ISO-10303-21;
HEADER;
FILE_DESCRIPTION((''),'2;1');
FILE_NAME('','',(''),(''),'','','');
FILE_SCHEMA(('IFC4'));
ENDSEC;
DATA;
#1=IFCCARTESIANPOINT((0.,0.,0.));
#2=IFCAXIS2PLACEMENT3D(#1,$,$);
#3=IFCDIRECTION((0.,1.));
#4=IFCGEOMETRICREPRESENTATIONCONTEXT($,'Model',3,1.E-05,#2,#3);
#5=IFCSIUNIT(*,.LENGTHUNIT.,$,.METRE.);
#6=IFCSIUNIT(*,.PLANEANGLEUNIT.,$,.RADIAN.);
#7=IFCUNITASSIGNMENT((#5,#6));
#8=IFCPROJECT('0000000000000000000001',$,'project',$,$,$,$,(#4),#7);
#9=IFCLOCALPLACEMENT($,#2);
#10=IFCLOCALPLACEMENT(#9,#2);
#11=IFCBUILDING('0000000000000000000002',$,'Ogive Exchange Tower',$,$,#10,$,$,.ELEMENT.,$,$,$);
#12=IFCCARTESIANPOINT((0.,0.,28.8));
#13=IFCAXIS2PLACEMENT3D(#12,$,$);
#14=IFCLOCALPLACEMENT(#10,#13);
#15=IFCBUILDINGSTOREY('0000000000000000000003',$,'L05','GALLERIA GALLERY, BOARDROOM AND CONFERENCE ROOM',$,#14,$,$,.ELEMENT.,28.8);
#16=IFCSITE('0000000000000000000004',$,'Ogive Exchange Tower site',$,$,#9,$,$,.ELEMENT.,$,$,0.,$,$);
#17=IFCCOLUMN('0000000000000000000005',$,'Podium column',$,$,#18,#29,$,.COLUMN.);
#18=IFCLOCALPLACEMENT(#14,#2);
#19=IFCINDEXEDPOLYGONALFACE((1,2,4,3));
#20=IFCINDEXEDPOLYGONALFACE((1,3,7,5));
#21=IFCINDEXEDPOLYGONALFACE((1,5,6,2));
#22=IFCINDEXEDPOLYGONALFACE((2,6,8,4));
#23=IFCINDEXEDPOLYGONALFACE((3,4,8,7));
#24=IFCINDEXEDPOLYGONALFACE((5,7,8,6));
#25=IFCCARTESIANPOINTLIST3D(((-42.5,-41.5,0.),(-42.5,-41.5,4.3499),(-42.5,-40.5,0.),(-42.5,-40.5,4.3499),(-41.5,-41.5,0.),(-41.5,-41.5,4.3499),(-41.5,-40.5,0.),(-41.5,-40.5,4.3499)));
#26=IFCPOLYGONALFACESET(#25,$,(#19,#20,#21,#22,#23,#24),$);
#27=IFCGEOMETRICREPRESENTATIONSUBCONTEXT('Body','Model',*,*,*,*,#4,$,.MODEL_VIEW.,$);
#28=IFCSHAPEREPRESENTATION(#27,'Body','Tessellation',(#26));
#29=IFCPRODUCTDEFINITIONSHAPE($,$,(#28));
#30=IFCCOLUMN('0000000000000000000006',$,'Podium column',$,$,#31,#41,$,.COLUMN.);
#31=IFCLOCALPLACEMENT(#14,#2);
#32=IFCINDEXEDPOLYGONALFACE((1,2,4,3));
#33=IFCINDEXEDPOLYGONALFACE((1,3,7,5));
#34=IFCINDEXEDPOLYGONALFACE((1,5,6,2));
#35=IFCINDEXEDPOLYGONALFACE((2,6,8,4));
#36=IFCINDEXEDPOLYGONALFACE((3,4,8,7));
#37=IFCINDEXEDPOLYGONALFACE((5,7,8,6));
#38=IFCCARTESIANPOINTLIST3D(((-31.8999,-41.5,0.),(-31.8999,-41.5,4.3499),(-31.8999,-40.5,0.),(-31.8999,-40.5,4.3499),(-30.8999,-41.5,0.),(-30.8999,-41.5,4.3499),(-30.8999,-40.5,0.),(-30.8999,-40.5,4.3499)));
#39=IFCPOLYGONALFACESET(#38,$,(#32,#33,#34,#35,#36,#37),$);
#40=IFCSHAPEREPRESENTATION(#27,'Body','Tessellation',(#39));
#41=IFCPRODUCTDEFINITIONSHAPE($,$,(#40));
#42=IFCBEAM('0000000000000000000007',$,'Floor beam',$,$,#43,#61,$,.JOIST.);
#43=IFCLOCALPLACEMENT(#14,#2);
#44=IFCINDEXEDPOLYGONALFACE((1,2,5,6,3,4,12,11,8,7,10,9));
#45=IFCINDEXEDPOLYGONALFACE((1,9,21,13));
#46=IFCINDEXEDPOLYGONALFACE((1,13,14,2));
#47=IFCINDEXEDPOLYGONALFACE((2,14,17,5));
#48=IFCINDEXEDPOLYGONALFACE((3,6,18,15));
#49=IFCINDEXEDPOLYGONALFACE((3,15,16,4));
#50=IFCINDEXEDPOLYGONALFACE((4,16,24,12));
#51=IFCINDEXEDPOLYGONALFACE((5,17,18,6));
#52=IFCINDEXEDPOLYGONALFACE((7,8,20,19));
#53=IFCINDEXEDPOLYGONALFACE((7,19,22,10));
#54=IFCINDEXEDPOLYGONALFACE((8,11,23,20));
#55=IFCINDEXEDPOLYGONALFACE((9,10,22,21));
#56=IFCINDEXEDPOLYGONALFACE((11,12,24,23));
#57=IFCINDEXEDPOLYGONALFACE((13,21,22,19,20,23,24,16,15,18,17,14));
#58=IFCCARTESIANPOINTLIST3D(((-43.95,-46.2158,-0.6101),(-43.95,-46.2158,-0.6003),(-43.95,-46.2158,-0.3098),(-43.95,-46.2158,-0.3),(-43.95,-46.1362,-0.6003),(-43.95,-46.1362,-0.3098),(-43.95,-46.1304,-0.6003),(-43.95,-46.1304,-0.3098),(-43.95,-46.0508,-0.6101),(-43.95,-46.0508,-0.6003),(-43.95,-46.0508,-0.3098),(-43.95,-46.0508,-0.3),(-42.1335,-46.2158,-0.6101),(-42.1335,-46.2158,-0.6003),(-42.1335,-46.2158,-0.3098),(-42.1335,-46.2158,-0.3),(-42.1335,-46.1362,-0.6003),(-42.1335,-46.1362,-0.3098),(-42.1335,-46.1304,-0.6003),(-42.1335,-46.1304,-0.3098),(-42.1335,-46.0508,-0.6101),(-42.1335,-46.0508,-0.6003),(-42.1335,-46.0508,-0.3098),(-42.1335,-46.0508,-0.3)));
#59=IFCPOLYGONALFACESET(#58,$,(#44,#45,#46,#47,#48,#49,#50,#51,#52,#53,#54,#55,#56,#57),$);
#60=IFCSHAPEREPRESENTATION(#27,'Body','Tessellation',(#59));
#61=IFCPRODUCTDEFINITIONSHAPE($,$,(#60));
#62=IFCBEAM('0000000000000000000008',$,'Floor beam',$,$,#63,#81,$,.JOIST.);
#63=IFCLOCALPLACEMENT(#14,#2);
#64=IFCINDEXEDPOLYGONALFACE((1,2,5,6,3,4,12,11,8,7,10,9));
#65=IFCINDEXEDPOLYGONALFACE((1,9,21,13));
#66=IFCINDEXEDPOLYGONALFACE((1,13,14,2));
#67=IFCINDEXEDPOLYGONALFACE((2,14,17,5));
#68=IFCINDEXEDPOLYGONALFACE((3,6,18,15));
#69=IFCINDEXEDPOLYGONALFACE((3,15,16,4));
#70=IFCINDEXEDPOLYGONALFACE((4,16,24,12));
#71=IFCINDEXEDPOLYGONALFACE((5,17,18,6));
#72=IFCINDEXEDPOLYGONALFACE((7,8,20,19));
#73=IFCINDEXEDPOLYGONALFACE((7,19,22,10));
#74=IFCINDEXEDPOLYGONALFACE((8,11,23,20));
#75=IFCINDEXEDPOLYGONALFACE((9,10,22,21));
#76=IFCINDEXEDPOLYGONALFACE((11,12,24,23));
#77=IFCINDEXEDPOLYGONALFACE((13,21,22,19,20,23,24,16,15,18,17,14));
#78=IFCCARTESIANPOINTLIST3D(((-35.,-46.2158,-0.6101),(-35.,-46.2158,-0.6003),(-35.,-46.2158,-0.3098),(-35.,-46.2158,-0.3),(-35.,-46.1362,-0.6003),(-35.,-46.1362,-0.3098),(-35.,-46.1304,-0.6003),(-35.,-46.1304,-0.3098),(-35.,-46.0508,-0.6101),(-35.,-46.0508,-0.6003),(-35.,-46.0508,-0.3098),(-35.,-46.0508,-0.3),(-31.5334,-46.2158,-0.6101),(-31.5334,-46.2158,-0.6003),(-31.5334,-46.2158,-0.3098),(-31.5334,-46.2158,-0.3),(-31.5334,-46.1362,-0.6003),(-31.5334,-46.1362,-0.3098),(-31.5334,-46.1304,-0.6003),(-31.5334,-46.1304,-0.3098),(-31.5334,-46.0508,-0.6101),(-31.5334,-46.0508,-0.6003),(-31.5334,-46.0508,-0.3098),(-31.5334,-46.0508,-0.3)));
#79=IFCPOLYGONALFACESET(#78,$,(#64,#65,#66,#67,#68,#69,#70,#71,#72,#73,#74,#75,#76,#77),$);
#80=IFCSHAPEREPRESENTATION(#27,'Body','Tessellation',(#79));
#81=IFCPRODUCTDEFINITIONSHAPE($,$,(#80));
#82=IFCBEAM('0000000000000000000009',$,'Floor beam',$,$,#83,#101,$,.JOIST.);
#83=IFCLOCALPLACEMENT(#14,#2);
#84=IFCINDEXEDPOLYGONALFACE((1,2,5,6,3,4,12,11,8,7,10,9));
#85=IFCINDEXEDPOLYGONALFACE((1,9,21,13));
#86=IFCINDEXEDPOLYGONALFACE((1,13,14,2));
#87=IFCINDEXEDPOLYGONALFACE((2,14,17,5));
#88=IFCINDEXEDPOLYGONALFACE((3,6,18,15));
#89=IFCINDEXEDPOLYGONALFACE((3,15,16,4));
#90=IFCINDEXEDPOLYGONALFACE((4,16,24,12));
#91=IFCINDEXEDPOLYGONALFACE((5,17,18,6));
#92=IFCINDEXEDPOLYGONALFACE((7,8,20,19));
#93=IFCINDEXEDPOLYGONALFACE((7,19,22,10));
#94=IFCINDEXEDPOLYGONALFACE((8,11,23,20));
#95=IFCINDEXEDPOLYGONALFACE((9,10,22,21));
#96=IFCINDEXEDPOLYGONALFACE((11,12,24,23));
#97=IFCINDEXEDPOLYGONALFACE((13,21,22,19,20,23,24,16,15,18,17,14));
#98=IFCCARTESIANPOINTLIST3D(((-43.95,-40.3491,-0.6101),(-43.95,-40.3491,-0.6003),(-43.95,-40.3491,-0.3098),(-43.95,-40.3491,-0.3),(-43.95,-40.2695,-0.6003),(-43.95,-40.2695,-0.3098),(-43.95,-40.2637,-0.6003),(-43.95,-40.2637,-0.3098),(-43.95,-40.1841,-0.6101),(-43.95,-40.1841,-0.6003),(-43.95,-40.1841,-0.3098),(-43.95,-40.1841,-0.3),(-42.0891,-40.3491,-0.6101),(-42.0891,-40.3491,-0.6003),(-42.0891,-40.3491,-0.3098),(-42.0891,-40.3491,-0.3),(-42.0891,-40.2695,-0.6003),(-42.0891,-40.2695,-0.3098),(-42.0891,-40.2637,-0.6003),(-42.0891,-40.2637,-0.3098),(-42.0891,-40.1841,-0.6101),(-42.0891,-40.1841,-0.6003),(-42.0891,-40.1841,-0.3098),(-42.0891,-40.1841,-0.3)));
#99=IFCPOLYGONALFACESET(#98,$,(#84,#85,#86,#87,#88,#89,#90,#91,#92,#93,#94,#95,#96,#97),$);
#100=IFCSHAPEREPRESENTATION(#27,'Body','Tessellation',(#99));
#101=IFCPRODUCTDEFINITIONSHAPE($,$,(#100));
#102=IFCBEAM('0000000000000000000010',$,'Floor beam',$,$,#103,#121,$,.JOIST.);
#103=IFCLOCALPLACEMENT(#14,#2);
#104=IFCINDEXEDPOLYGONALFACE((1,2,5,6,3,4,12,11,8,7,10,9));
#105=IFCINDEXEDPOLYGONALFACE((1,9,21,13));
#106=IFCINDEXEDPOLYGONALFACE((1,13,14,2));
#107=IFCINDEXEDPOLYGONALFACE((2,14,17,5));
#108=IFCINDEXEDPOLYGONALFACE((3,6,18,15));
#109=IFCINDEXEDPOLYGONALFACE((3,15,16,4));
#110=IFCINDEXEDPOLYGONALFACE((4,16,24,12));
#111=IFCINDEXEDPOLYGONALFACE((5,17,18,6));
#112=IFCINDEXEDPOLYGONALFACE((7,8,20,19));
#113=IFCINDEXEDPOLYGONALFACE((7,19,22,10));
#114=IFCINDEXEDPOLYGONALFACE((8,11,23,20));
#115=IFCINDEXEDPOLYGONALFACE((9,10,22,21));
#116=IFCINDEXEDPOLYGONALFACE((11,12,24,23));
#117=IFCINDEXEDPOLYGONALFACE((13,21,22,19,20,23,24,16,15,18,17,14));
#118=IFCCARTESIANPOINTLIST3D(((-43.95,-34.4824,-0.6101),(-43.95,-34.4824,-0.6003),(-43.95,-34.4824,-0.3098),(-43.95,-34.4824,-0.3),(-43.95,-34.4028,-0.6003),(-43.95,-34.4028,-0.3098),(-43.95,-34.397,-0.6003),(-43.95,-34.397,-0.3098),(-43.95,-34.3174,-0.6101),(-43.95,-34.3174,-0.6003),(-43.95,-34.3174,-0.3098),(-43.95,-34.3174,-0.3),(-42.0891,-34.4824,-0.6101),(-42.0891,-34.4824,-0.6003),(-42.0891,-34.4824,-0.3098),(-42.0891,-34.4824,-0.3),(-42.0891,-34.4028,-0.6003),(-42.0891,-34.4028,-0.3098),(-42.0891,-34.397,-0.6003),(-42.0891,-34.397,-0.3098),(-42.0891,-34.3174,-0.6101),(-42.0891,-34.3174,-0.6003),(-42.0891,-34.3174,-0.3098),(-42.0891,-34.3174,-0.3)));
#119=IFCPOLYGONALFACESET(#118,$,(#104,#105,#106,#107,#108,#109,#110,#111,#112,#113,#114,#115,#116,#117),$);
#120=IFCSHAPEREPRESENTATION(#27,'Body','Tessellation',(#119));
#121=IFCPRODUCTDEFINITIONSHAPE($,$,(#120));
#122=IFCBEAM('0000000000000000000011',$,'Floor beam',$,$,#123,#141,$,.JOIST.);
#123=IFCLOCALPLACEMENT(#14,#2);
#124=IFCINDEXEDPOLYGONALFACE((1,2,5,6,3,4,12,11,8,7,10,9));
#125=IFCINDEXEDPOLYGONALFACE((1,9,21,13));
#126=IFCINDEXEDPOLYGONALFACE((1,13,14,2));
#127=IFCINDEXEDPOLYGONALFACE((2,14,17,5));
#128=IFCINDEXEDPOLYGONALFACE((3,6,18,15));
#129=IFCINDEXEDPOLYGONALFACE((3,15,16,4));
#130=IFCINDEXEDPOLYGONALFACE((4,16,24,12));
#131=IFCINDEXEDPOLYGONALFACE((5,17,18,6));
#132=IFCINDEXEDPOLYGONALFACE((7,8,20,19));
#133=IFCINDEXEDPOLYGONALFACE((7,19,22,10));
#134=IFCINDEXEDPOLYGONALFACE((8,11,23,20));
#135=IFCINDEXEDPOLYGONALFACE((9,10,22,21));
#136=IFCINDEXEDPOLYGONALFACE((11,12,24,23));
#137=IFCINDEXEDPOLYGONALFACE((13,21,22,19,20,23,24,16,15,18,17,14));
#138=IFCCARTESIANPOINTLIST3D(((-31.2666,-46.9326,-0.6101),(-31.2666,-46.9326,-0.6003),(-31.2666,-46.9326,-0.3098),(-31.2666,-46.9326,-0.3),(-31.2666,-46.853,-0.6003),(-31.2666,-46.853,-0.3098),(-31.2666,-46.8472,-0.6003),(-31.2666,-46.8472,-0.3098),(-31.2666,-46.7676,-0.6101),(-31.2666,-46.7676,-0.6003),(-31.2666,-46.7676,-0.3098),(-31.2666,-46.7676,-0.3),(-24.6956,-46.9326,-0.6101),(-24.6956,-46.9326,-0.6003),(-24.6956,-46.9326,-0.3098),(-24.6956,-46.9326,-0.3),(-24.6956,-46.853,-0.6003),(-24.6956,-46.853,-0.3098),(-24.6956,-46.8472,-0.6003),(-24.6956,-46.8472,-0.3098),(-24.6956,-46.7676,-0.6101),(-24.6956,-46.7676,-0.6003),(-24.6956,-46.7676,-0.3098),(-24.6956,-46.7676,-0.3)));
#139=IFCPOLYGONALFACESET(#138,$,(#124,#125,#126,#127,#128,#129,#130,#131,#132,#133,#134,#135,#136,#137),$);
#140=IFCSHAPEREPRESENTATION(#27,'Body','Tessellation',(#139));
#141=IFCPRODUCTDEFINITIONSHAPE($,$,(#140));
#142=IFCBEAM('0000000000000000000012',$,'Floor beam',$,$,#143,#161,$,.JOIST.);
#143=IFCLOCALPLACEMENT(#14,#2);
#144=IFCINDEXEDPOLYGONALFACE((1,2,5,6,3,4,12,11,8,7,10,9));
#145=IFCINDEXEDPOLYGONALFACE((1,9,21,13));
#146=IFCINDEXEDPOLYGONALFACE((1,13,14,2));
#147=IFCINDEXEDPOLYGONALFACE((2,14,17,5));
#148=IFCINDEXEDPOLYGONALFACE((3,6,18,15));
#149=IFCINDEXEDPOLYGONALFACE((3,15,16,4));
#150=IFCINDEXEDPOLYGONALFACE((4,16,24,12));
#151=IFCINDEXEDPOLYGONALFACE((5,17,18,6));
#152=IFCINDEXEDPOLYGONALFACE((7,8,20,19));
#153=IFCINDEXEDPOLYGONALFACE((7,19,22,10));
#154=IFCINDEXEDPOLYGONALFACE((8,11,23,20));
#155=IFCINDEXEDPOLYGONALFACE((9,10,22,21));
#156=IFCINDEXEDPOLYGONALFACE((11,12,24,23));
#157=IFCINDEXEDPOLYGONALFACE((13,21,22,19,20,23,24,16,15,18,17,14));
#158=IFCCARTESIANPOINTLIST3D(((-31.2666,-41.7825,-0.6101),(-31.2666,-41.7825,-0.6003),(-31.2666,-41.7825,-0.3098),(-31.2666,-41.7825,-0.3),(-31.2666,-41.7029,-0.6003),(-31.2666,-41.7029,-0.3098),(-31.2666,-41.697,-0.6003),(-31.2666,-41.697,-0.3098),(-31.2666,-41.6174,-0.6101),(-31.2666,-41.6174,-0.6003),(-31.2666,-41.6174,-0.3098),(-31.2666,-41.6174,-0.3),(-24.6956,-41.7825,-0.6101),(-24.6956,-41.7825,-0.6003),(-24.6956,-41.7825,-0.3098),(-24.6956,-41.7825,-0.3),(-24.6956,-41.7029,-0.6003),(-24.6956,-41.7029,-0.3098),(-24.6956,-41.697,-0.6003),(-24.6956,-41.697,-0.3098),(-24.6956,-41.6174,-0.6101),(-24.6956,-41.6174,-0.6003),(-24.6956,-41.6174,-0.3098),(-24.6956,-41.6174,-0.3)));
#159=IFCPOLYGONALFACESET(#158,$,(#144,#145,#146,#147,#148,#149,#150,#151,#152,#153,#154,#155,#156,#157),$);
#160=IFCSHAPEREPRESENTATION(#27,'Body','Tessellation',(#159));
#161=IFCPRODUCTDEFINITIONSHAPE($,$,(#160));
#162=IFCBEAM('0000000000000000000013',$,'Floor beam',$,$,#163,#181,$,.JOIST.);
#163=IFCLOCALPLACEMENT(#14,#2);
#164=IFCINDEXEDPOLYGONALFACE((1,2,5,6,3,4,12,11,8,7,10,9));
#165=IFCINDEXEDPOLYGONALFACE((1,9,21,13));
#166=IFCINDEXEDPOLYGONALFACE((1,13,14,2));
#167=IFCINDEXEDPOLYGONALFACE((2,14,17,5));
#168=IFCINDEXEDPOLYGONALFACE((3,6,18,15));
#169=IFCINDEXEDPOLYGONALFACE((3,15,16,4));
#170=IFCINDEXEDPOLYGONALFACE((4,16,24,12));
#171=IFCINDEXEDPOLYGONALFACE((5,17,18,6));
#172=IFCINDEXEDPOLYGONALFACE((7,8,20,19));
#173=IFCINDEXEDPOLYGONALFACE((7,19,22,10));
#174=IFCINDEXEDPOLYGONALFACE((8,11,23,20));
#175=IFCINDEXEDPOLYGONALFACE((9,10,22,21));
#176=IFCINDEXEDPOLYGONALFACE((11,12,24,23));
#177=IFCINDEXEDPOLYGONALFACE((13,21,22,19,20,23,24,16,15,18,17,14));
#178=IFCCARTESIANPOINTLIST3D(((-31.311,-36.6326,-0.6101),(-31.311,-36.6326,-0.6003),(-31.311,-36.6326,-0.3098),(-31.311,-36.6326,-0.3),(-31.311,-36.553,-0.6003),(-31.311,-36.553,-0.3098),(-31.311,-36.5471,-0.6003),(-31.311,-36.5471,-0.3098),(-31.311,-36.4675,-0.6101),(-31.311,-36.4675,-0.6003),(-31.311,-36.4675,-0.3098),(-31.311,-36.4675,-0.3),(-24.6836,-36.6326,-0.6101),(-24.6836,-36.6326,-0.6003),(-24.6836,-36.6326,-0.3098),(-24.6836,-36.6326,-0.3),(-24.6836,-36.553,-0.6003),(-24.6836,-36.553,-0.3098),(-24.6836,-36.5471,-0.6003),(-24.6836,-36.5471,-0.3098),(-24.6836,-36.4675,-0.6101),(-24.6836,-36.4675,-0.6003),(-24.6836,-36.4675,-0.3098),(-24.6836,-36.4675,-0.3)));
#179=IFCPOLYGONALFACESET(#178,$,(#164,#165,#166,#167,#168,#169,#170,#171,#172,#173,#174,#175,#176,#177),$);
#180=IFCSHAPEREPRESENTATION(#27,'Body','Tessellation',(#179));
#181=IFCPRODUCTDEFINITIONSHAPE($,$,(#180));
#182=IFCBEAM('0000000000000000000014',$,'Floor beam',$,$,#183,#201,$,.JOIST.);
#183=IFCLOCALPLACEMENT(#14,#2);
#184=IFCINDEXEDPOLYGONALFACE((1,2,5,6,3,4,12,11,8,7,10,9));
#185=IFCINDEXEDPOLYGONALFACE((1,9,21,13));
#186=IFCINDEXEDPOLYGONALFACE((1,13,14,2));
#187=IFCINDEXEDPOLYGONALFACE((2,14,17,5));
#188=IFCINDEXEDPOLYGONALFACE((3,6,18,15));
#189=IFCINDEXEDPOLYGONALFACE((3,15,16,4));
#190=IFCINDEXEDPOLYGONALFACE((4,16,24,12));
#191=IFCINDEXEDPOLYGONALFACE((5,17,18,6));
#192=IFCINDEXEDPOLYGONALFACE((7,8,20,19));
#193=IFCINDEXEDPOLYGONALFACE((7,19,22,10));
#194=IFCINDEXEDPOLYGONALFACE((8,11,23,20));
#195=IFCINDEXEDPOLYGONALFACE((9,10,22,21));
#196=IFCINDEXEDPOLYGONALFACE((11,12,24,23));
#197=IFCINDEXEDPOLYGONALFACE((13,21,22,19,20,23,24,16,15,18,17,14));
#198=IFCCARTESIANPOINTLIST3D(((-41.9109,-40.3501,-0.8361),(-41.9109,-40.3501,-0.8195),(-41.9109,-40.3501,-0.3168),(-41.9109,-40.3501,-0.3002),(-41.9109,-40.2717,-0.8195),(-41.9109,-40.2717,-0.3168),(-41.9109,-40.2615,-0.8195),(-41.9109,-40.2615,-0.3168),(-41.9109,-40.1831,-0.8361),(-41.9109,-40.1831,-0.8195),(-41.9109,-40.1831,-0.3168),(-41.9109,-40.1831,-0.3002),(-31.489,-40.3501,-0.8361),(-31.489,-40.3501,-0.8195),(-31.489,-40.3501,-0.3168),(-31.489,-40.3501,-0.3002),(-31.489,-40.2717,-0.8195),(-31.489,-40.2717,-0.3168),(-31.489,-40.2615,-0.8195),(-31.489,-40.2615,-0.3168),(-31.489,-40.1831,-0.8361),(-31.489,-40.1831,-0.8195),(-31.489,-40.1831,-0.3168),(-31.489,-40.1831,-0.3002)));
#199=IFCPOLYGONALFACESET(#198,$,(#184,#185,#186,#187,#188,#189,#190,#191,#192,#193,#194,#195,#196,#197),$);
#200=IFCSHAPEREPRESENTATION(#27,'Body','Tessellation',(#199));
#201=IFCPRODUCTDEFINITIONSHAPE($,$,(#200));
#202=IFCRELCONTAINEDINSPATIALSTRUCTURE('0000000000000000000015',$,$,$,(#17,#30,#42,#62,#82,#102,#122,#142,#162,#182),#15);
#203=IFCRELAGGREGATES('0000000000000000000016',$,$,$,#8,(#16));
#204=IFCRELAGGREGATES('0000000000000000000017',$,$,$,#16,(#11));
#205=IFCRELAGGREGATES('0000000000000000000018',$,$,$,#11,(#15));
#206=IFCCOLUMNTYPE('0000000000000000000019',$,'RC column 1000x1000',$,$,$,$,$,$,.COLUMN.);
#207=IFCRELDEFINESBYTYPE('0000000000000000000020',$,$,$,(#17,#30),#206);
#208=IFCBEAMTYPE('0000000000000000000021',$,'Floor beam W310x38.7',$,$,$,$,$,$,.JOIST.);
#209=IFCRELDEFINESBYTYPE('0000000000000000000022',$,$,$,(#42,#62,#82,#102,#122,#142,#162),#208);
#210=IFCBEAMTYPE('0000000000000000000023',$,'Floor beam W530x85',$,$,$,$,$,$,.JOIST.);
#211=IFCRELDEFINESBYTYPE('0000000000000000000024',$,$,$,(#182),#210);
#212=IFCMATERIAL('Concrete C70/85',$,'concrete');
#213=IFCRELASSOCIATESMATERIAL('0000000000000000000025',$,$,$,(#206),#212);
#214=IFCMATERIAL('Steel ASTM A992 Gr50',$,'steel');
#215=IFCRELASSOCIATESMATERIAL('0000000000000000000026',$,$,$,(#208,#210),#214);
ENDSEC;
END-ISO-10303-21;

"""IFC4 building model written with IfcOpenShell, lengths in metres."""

from ifc_helpers import new_model, si_unit, direction, frame, origin, origin_2d, place, context, subcontext, project, spatial, rectangle, i_section, extrude, material, material_profile, profile_set, type_object, element, save


model = new_model("IFC4")

# Units and contexts
model_context = context("Model", 3, precision=1e-05, world=origin(), true_north=direction((0.0, 1.0)))
body_context = subcontext(model_context, "Body", "Model", "MODEL_VIEW")
ifc_project = project(units=[si_unit("LENGTHUNIT", "METRE"), si_unit("PLANEANGLEUNIT", "RADIAN")], contexts=[model_context])

# Site, building, storey
site_placement = place(None, origin())
site = spatial("IfcSite", under=ifc_project, at=site_placement, Name="Ogive Exchange Tower site", CompositionType="ELEMENT", RefElevation=0.0)
building_placement = place(site_placement, origin())
building = spatial("IfcBuilding", under=site, at=building_placement, Name="Ogive Exchange Tower", CompositionType="ELEMENT")
storey_placement = place(building_placement, frame((0.0, 0.0, 28.8)))
storey = spatial("IfcBuildingStorey", under=building, at=storey_placement, Name="L05", Description="GALLERIA GALLERY, BOARDROOM AND CONFERENCE ROOM", CompositionType="ELEMENT", Elevation=28.8)

# Columns
ifc_material_1 = material(Name="Concrete C70/85", Category="concrete")
ifc_material_profile_1 = material_profile(ifc_material_1, rectangle(XDim=1.0, YDim=1.0, at=origin_2d()), Name="RC 1000x1000")
ifc_profile_set_1 = profile_set([ifc_material_profile_1], Name="Concrete C70/85")
column_type = type_object("IfcColumnType", Name="RC column 1000x1000", PredefinedType="COLUMN", material=ifc_profile_set_1)
for number, where, z_axis, x_axis, name in (
    (1, (-42.0, -41.0, 0.0), (0.0, 0.0, 1.0), (1.0, 0.0, 0.0), "Podium column"),
    (2, (-31.3999, -41.0, 0.0), (0.0, 0.0, 1.0), (1.0, 0.0, 0.0), "Podium column"),
):
    element("IfcColumn", number, at=place(storey_placement, frame(where, z_axis=z_axis, x_axis=x_axis)), inside=storey, type_object=column_type, Name=name, PredefinedType="COLUMN", context=body_context, shape_type="SweptSolid", body=[
        extrude(rectangle(XDim=1.0, YDim=1.0, at=origin_2d()), origin(), (0.0, 0.0, 1.0), 4.3499),
    ])

# Beams
ifc_material_2 = material(Name="Steel ASTM A992 Gr50", Category="steel")
ifc_material_profile_2 = material_profile(ifc_material_2, i_section(OverallWidth=0.165, OverallDepth=0.3101, WebThickness=0.0059, FlangeThickness=0.0098, at=origin_2d()), Name="W310x38.7")
ifc_profile_set_2 = profile_set([ifc_material_profile_2], Name="Steel ASTM A992 Gr50")
beam_type_1 = type_object("IfcBeamType", Name="Floor beam W310x38.7", PredefinedType="JOIST", material=ifc_profile_set_2)
beam_1_placement = place(storey_placement, frame((-43.95, -46.1333, -0.4551), z_axis=(1.0, 0.0, 0.0), x_axis=(0.0, 1.0, 0.0)))
element("IfcBeam", 3, at=beam_1_placement, inside=storey, type_object=beam_type_1, Name="Floor beam", PredefinedType="JOIST", context=body_context, shape_type="SweptSolid", body=[
    extrude(i_section(OverallWidth=0.165, OverallDepth=0.3101, WebThickness=0.0059, FlangeThickness=0.0098, at=origin_2d()), origin(), (0.0, 0.0, 1.0), 1.8164),
])
beam_2_placement = place(storey_placement, frame((-35.0, -46.1333, -0.4551), z_axis=(1.0, 0.0, 0.0), x_axis=(0.0, 1.0, 0.0)))
element("IfcBeam", 4, at=beam_2_placement, inside=storey, type_object=beam_type_1, Name="Floor beam", PredefinedType="JOIST", context=body_context, shape_type="SweptSolid", body=[
    extrude(i_section(OverallWidth=0.165, OverallDepth=0.3101, WebThickness=0.0059, FlangeThickness=0.0098, at=origin_2d()), origin(), (0.0, 0.0, 1.0), 3.4666),
])
for number, where, z_axis, x_axis, name in (
    (5, (-43.95, -40.2666, -0.4551), (1.0, 0.0, 0.0), (0.0, 1.0, 0.0), "Floor beam"),
    (6, (-43.95, -34.3999, -0.4551), (1.0, 0.0, 0.0), (0.0, 1.0, 0.0), "Floor beam"),
):
    element("IfcBeam", number, at=place(storey_placement, frame(where, z_axis=z_axis, x_axis=x_axis)), inside=storey, type_object=beam_type_1, Name=name, PredefinedType="JOIST", context=body_context, shape_type="SweptSolid", body=[
        extrude(i_section(OverallWidth=0.165, OverallDepth=0.3101, WebThickness=0.0059, FlangeThickness=0.0098, at=origin_2d()), origin(), (0.0, 0.0, 1.0), 1.8608),
    ])
for number, where, z_axis, x_axis, name in (
    (7, (-31.2666, -46.8501, -0.4551), (1.0, 0.0, 0.0), (0.0, 1.0, 0.0), "Floor beam"),
    (8, (-31.2666, -41.7, -0.4551), (1.0, 0.0, 0.0), (0.0, 1.0, 0.0), "Floor beam"),
):
    element("IfcBeam", number, at=place(storey_placement, frame(where, z_axis=z_axis, x_axis=x_axis)), inside=storey, type_object=beam_type_1, Name=name, PredefinedType="JOIST", context=body_context, shape_type="SweptSolid", body=[
        extrude(i_section(OverallWidth=0.165, OverallDepth=0.3101, WebThickness=0.0059, FlangeThickness=0.0098, at=origin_2d()), origin(), (0.0, 0.0, 1.0), 6.571),
    ])
beam_3_placement = place(storey_placement, frame((-31.311, -36.55, -0.4551), z_axis=(1.0, 0.0, 0.0), x_axis=(0.0, 1.0, 0.0)))
element("IfcBeam", 9, at=beam_3_placement, inside=storey, type_object=beam_type_1, Name="Floor beam", PredefinedType="JOIST", context=body_context, shape_type="SweptSolid", body=[
    extrude(i_section(OverallWidth=0.165, OverallDepth=0.3101, WebThickness=0.0059, FlangeThickness=0.0098, at=origin_2d()), origin(), (0.0, 0.0, 1.0), 6.6274),
])
ifc_material_profile_3 = material_profile(ifc_material_2, i_section(OverallWidth=0.167, OverallDepth=0.5359, WebThickness=0.0103, FlangeThickness=0.0166, at=origin_2d()), Name="W530x85")
ifc_profile_set_3 = profile_set([ifc_material_profile_3], Name="Steel ASTM A992 Gr50")
beam_type_2 = type_object("IfcBeamType", Name="Floor beam W530x85", PredefinedType="JOIST", material=ifc_profile_set_3)
for number, where, z_axis, x_axis, name in (
    (10, (-41.9109, -40.2666, -0.5681), (1.0, 0.0, 0.0), (0.0, 1.0, 0.0), "Floor beam"),
):
    element("IfcBeam", number, at=place(storey_placement, frame(where, z_axis=z_axis, x_axis=x_axis)), inside=storey, type_object=beam_type_2, Name=name, PredefinedType="JOIST", context=body_context, shape_type="SweptSolid", body=[
        extrude(i_section(OverallWidth=0.167, OverallDepth=0.5359, WebThickness=0.0103, FlangeThickness=0.0166, at=origin_2d()), origin(), (0.0, 0.0, 1.0), 10.4219),
    ])

save(model, "model.ifc")
